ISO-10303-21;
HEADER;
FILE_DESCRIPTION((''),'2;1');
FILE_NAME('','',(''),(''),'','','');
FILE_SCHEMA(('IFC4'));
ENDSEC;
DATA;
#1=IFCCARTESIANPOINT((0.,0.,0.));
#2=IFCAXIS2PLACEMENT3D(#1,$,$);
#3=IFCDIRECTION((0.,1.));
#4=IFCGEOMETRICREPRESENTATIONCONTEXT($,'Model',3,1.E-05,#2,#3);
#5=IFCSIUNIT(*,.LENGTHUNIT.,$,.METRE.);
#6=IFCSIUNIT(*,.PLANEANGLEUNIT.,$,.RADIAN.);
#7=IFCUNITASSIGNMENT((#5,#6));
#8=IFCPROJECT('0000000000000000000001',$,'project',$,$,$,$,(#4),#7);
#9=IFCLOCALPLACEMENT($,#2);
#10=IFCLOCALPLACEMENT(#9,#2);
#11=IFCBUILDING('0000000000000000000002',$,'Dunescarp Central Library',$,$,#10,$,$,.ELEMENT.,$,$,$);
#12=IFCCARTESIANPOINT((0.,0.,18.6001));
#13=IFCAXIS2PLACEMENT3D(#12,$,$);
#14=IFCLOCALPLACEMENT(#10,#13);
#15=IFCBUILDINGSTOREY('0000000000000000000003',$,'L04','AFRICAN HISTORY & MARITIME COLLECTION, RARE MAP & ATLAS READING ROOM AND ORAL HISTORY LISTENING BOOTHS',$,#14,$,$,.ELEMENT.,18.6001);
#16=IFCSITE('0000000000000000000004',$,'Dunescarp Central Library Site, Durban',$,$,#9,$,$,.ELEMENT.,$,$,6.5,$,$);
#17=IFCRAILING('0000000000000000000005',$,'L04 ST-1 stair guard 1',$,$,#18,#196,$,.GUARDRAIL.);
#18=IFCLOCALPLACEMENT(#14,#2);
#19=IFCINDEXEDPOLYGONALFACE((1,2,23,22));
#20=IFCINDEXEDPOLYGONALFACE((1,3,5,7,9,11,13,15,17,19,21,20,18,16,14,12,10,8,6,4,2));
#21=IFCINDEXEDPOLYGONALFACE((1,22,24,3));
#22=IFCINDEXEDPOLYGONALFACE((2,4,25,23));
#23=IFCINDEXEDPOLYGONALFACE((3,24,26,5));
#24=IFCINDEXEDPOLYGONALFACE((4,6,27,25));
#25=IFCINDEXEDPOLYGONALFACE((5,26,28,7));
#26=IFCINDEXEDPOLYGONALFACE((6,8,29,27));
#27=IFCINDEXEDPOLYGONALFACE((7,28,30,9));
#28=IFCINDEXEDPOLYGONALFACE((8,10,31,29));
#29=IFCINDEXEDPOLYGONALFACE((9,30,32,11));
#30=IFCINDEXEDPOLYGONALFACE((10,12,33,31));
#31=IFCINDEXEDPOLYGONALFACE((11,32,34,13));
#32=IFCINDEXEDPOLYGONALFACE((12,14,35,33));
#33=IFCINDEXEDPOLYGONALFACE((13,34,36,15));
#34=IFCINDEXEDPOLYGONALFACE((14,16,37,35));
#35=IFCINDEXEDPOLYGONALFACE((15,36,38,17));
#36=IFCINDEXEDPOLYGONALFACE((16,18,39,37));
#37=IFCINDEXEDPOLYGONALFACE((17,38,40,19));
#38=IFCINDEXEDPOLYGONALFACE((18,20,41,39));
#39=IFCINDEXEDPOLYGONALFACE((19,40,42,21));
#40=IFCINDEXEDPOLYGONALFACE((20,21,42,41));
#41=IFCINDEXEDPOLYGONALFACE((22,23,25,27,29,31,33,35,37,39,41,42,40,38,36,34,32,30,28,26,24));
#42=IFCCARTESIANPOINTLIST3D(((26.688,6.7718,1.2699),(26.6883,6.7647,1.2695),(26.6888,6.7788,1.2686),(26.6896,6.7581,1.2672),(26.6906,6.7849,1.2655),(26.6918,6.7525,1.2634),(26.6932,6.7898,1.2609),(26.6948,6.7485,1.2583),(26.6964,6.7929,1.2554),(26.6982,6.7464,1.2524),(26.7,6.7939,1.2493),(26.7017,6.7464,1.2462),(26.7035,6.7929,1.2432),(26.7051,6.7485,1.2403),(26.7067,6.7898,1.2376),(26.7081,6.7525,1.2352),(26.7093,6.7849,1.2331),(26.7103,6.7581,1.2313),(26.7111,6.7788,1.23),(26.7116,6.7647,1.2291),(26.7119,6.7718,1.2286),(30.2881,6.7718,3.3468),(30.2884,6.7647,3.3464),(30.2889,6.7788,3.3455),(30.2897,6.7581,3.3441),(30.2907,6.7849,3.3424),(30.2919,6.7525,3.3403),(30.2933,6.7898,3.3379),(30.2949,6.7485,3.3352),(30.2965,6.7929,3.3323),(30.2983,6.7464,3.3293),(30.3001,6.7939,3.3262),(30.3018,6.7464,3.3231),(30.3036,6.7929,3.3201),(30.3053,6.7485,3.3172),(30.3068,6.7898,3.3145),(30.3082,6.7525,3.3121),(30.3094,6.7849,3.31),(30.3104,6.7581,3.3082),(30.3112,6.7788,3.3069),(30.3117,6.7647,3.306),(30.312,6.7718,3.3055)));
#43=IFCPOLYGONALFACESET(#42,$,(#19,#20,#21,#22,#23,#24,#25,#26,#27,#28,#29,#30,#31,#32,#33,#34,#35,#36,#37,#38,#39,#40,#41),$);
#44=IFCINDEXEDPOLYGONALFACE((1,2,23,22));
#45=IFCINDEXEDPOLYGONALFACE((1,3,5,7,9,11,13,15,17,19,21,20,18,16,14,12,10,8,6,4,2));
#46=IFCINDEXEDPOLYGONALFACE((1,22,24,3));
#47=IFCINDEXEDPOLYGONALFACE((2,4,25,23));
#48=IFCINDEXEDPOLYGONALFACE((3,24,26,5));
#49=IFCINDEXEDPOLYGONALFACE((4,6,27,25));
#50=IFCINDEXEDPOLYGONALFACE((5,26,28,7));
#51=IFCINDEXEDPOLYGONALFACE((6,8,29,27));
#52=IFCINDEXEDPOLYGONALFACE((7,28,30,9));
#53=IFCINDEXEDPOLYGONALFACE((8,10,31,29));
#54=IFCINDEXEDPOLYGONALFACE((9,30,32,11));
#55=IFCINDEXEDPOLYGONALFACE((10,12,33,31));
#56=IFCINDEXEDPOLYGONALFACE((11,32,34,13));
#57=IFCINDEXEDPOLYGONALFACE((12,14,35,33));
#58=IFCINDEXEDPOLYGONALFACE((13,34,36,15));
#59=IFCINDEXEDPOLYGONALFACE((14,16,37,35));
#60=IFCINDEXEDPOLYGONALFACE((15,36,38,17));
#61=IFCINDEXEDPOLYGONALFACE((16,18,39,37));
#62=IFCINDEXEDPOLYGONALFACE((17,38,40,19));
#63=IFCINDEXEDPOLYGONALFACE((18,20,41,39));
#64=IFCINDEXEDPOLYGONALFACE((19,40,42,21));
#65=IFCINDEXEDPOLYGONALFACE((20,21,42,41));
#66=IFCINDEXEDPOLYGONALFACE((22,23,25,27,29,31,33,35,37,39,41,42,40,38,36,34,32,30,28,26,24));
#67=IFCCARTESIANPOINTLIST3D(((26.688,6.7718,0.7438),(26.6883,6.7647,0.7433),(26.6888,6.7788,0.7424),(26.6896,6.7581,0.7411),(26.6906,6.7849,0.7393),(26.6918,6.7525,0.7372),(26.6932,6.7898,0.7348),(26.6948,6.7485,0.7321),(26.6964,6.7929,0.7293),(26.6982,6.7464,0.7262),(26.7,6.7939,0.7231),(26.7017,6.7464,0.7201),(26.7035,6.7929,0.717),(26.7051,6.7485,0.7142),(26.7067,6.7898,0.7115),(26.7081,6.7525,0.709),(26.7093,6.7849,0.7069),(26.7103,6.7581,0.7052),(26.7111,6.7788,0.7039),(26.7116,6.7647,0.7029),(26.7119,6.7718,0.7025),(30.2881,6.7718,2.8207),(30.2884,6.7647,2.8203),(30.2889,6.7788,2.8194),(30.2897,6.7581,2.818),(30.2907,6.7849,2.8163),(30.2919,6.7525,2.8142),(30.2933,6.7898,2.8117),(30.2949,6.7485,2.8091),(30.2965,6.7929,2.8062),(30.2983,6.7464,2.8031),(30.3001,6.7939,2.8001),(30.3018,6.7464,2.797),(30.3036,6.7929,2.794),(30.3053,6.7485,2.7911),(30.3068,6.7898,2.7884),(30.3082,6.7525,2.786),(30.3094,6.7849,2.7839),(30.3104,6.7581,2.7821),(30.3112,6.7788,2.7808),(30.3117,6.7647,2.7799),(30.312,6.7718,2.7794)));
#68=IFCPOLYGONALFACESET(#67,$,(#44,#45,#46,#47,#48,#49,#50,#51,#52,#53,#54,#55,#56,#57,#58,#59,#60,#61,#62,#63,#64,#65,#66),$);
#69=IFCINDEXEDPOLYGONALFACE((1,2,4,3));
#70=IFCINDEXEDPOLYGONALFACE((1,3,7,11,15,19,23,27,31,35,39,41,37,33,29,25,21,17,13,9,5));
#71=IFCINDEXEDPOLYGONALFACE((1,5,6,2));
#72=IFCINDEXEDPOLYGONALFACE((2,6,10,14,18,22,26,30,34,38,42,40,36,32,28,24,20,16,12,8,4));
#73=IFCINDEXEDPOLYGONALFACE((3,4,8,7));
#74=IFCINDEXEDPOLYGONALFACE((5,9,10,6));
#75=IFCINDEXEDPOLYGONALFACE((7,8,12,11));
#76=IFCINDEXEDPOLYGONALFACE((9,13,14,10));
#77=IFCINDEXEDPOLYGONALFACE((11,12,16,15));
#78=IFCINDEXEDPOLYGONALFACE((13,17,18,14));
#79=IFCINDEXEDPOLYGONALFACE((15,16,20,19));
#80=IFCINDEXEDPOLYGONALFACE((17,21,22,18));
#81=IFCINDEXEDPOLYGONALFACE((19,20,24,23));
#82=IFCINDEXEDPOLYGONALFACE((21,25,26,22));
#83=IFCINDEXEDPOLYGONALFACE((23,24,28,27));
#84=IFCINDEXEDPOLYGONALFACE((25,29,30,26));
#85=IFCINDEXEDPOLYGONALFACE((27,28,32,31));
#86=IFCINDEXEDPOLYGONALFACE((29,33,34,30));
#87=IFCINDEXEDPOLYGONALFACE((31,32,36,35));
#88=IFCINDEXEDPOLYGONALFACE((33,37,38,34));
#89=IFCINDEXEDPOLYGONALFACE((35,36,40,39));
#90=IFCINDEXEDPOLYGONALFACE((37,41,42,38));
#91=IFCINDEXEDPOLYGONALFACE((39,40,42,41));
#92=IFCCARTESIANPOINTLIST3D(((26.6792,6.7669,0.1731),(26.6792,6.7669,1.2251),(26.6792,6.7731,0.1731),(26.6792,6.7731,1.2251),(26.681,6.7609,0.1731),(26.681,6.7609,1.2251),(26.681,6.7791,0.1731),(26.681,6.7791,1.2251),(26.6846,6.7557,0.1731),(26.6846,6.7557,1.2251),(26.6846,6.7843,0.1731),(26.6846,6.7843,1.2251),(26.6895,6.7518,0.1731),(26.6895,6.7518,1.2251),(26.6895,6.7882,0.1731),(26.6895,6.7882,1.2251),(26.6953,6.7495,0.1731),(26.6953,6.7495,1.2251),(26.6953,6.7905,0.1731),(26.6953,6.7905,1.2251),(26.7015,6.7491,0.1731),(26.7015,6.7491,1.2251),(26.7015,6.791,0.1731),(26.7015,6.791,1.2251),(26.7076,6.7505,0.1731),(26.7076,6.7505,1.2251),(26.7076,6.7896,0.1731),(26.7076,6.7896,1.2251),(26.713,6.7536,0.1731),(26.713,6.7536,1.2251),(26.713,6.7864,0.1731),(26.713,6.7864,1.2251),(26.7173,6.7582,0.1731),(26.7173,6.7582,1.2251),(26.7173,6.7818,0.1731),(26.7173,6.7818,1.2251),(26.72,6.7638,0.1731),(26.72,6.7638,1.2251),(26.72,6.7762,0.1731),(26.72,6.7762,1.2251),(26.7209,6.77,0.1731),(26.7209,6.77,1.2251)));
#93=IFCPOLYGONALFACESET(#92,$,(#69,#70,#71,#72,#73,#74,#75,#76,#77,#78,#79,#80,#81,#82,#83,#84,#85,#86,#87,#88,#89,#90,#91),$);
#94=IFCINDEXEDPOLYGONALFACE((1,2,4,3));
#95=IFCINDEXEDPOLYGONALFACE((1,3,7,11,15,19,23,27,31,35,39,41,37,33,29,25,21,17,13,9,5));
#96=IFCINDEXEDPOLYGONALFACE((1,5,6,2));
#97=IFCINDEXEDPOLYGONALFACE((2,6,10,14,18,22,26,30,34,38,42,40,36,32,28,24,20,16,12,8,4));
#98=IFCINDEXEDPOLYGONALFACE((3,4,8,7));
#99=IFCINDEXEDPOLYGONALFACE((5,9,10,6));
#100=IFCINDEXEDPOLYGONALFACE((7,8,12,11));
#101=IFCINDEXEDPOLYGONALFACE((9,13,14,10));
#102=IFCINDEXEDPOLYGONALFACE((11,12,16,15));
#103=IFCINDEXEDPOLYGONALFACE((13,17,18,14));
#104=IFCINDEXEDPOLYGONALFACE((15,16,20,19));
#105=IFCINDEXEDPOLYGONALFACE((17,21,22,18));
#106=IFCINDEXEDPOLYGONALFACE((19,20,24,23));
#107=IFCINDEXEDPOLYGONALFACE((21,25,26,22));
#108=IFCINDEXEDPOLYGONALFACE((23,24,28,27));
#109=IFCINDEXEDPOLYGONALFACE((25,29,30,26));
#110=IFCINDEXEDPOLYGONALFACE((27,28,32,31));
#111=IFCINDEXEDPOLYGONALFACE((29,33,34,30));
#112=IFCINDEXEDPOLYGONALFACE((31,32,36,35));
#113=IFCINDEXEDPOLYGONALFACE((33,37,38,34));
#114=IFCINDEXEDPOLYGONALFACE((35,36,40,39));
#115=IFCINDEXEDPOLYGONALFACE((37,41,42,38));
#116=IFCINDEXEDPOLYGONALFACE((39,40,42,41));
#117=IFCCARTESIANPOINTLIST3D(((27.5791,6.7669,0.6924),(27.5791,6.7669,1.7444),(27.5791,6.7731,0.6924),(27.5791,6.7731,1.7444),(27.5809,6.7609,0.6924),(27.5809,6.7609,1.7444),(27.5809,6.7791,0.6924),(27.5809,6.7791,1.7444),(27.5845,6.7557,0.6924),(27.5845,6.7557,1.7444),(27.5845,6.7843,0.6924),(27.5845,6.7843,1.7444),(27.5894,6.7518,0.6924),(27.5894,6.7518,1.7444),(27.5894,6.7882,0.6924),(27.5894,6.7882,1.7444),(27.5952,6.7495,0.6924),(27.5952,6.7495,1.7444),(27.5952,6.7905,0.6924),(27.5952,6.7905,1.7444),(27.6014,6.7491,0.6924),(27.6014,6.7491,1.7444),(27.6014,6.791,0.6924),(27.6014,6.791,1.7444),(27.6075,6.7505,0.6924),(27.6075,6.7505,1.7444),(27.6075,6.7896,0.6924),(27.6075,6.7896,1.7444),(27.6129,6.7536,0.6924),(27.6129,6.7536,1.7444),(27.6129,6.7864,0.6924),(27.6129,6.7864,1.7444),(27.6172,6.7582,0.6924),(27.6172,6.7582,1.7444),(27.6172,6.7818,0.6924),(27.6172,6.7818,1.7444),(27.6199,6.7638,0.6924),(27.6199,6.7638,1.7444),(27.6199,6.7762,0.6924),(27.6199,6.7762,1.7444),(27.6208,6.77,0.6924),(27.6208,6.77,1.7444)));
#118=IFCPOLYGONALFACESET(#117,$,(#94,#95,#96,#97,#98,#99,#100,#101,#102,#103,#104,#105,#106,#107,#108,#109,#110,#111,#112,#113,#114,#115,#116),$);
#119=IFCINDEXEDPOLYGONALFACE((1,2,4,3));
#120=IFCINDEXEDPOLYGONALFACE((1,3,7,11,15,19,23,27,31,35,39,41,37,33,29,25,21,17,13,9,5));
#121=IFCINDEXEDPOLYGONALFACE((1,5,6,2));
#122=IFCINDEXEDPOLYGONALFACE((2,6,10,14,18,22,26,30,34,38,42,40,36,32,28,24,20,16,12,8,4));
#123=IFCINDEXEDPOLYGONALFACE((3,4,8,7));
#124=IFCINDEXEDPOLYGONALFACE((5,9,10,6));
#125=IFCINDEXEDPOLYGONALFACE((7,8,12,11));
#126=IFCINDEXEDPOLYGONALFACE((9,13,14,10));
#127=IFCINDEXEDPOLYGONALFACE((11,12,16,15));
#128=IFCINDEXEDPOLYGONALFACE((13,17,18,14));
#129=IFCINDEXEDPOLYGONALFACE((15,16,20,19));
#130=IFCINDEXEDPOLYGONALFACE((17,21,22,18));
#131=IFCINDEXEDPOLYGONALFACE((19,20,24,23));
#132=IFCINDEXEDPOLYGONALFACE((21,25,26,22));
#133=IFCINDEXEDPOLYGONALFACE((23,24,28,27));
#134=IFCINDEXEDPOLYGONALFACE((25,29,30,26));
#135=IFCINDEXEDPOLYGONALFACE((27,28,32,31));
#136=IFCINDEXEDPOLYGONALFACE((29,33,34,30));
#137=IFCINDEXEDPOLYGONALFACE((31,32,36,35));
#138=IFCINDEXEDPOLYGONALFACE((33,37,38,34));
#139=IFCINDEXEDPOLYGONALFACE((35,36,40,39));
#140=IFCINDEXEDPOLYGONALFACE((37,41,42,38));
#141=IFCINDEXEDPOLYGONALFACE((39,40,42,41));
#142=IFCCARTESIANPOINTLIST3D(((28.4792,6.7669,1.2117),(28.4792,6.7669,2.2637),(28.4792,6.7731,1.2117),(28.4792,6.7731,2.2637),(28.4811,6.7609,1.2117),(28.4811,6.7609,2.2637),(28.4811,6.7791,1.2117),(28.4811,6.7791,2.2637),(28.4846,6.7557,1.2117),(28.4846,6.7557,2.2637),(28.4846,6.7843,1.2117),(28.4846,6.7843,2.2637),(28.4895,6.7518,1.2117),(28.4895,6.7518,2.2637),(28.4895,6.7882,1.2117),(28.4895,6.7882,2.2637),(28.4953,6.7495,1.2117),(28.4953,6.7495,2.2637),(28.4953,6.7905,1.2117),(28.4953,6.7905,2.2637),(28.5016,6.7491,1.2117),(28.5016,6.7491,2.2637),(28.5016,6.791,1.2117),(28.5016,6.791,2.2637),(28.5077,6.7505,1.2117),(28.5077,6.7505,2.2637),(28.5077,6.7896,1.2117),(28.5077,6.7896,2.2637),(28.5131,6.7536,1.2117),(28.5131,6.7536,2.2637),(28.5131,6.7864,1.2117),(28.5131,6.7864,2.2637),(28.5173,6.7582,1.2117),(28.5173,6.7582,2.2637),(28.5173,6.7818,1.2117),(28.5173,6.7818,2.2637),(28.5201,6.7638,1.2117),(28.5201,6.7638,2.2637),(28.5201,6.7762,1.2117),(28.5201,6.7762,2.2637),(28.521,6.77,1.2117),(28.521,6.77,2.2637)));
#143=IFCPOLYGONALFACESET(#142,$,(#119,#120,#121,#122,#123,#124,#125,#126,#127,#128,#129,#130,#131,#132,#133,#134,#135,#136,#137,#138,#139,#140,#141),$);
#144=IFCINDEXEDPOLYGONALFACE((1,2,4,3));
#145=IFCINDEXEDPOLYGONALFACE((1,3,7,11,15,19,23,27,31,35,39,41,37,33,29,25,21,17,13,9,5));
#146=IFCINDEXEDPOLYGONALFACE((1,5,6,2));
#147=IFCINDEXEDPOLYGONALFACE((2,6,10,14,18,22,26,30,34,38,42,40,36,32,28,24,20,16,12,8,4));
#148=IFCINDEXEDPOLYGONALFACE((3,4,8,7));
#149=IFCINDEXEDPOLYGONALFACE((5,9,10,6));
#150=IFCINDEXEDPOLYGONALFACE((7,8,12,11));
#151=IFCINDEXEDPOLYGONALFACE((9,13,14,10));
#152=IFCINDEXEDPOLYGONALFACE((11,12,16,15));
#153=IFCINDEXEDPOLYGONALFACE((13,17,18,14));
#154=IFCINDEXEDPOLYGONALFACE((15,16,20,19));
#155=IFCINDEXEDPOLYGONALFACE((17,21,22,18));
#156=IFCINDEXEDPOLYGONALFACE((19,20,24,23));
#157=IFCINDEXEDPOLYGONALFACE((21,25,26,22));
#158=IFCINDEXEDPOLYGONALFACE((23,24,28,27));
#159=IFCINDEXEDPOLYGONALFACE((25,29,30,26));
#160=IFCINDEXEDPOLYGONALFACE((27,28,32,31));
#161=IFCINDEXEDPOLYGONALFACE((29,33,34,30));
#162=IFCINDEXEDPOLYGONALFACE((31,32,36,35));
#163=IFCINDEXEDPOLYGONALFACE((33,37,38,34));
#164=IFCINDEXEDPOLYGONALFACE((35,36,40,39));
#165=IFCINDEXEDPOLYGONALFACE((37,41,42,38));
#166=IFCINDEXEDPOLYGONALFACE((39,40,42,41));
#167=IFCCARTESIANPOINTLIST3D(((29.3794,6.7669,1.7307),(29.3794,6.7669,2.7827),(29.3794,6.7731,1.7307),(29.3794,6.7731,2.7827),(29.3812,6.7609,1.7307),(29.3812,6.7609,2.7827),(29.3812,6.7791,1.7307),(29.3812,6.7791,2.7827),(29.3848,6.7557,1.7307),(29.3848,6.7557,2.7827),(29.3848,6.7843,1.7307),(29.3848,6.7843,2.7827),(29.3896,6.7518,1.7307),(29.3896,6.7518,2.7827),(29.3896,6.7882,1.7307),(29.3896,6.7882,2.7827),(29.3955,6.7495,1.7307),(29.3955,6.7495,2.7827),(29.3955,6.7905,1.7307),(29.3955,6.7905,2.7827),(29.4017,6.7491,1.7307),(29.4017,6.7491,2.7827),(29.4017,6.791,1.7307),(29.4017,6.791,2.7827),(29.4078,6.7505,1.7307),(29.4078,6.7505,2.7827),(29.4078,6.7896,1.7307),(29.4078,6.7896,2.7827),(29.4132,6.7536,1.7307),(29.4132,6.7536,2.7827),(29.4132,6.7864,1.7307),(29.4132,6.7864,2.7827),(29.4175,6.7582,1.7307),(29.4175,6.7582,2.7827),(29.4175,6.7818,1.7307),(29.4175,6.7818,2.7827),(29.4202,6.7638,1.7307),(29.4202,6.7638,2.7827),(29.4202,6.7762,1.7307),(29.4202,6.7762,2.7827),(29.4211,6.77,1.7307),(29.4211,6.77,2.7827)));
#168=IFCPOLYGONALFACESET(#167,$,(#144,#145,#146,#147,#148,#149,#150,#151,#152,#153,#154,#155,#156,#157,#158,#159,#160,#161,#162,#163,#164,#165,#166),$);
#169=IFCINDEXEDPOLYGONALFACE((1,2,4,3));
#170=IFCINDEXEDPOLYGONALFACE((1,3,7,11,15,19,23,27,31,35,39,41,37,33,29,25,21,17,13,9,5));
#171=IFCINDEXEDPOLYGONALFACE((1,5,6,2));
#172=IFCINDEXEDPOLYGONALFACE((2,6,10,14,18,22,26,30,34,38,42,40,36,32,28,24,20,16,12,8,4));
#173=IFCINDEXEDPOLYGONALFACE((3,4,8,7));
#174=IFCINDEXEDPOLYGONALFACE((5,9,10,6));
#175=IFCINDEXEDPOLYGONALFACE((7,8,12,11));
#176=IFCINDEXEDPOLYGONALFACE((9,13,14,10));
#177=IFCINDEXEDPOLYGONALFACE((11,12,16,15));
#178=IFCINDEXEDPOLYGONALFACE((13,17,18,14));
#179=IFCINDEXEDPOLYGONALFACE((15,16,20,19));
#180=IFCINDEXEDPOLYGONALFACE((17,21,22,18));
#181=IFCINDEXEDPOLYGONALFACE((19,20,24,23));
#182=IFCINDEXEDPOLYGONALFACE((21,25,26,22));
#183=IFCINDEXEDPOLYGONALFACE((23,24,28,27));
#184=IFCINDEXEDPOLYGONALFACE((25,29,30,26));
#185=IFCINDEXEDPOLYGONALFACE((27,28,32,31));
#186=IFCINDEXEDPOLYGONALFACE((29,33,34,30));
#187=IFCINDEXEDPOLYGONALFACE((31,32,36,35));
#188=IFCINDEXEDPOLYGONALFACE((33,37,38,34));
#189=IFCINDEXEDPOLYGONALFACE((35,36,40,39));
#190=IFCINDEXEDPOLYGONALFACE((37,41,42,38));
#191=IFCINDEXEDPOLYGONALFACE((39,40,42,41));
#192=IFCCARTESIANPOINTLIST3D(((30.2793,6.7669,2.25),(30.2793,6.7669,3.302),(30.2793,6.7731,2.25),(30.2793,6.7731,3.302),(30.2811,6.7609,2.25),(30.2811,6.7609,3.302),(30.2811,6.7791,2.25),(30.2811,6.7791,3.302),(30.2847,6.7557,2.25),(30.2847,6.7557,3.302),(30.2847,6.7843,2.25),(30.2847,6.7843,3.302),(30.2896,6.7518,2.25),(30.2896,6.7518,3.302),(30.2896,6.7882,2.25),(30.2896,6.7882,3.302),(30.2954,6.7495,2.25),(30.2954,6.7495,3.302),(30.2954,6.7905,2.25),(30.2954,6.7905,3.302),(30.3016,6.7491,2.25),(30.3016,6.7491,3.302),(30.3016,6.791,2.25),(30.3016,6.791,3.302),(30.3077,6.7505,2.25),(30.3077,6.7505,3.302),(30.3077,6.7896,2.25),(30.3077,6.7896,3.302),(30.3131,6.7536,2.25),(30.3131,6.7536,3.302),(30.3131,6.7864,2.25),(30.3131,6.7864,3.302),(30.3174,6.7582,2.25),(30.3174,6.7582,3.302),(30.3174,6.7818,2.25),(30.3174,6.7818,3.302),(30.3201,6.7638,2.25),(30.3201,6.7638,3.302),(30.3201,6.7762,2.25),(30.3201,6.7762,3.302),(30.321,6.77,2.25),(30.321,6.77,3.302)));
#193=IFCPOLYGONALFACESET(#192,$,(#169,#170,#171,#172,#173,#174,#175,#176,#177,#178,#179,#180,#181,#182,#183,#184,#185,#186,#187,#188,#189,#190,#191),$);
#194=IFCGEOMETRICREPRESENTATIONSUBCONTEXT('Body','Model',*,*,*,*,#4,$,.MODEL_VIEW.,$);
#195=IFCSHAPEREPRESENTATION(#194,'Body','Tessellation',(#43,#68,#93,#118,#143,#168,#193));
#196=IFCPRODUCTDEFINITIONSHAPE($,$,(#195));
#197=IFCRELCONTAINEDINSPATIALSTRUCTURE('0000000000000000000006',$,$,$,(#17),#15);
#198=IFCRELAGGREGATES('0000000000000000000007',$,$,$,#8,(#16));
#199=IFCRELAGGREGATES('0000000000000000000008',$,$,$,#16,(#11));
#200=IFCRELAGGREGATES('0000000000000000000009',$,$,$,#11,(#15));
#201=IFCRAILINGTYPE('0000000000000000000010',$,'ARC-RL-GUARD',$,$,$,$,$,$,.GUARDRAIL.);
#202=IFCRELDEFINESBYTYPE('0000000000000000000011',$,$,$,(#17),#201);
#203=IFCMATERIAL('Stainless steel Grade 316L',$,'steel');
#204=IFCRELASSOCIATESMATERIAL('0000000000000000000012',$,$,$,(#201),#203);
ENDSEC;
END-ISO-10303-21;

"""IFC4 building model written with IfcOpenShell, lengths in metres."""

from ifc_helpers import new_model, si_unit, direction, frame, origin, origin_2d, place, context, subcontext, project, spatial, circle, extrude, material, type_object, element, save


model = new_model("IFC4")

# Units and contexts
model_context = context("Model", 3, precision=1e-05, world=origin(), true_north=direction((0.0, 1.0)))
body_context = subcontext(model_context, "Body", "Model", "MODEL_VIEW")
ifc_project = project(units=[si_unit("LENGTHUNIT", "METRE"), si_unit("PLANEANGLEUNIT", "RADIAN")], contexts=[model_context])

# Site, building, storey
site_placement = place(None, origin())
site = spatial("IfcSite", under=ifc_project, at=site_placement, Name="Dunescarp Central Library Site, Durban", CompositionType="ELEMENT", RefElevation=6.5)
building_placement = place(site_placement, origin())
building = spatial("IfcBuilding", under=site, at=building_placement, Name="Dunescarp Central Library", CompositionType="ELEMENT")
storey_placement = place(building_placement, frame((0.0, 0.0, 18.6001)))
storey = spatial("IfcBuildingStorey", under=building, at=storey_placement, Name="L04", Description="AFRICAN HISTORY & MARITIME COLLECTION, RARE MAP & ATLAS READING ROOM AND ORAL HISTORY LISTENING BOOTHS", CompositionType="ELEMENT", Elevation=18.6001)

# Railing
ifc_material_1 = material(Name="Stainless steel Grade 316L", Category="steel")
railing_type_1 = type_object("IfcRailingType", Name="ARC-RL-GUARD", PredefinedType="GUARDRAIL", material=ifc_material_1)
railing_1_placement = place(storey_placement, frame((26.7, 6.77, 0.1731)))
element("IfcRailing", 1, at=railing_1_placement, inside=storey, type_object=railing_type_1, Name="L04 ST-1 stair guard 1", PredefinedType="GUARDRAIL", context=body_context, shape_type="SweptSolid", body=[
    extrude(circle(Radius=0.0239, at=origin_2d()), frame((0.0, 0.0, 1.0762), z_axis=(0.866193, 0.0, 0.499709), x_axis=(0.0, 1.0, 0.0)), (0.0, 0.0, 1.0), 4.1562),
    extrude(circle(Radius=0.0239, at=origin_2d()), frame((0.0, 0.0, 0.55), z_axis=(0.866193, 0.0, 0.499709), x_axis=(0.0, 1.0, 0.0)), (0.0, 0.0, 1.0), 4.1562),
    extrude(circle(Radius=0.021, at=origin_2d()), origin(), (0.0, 0.0, 1.0), 1.052),
    extrude(circle(Radius=0.021, at=origin_2d()), frame((0.8999, 0.0, 0.5193)), (0.0, 0.0, 1.0), 1.052),
    extrude(circle(Radius=0.021, at=origin_2d()), frame((1.8, 0.0, 1.0386)), (0.0, 0.0, 1.0), 1.052),
    extrude(circle(Radius=0.021, at=origin_2d()), frame((2.7002, 0.0, 1.5576)), (0.0, 0.0, 1.0), 1.052),
    extrude(circle(Radius=0.021, at=origin_2d()), frame((3.6001, 0.0, 2.0769)), (0.0, 0.0, 1.0), 1.052),
])

save(model, "model.ifc")
